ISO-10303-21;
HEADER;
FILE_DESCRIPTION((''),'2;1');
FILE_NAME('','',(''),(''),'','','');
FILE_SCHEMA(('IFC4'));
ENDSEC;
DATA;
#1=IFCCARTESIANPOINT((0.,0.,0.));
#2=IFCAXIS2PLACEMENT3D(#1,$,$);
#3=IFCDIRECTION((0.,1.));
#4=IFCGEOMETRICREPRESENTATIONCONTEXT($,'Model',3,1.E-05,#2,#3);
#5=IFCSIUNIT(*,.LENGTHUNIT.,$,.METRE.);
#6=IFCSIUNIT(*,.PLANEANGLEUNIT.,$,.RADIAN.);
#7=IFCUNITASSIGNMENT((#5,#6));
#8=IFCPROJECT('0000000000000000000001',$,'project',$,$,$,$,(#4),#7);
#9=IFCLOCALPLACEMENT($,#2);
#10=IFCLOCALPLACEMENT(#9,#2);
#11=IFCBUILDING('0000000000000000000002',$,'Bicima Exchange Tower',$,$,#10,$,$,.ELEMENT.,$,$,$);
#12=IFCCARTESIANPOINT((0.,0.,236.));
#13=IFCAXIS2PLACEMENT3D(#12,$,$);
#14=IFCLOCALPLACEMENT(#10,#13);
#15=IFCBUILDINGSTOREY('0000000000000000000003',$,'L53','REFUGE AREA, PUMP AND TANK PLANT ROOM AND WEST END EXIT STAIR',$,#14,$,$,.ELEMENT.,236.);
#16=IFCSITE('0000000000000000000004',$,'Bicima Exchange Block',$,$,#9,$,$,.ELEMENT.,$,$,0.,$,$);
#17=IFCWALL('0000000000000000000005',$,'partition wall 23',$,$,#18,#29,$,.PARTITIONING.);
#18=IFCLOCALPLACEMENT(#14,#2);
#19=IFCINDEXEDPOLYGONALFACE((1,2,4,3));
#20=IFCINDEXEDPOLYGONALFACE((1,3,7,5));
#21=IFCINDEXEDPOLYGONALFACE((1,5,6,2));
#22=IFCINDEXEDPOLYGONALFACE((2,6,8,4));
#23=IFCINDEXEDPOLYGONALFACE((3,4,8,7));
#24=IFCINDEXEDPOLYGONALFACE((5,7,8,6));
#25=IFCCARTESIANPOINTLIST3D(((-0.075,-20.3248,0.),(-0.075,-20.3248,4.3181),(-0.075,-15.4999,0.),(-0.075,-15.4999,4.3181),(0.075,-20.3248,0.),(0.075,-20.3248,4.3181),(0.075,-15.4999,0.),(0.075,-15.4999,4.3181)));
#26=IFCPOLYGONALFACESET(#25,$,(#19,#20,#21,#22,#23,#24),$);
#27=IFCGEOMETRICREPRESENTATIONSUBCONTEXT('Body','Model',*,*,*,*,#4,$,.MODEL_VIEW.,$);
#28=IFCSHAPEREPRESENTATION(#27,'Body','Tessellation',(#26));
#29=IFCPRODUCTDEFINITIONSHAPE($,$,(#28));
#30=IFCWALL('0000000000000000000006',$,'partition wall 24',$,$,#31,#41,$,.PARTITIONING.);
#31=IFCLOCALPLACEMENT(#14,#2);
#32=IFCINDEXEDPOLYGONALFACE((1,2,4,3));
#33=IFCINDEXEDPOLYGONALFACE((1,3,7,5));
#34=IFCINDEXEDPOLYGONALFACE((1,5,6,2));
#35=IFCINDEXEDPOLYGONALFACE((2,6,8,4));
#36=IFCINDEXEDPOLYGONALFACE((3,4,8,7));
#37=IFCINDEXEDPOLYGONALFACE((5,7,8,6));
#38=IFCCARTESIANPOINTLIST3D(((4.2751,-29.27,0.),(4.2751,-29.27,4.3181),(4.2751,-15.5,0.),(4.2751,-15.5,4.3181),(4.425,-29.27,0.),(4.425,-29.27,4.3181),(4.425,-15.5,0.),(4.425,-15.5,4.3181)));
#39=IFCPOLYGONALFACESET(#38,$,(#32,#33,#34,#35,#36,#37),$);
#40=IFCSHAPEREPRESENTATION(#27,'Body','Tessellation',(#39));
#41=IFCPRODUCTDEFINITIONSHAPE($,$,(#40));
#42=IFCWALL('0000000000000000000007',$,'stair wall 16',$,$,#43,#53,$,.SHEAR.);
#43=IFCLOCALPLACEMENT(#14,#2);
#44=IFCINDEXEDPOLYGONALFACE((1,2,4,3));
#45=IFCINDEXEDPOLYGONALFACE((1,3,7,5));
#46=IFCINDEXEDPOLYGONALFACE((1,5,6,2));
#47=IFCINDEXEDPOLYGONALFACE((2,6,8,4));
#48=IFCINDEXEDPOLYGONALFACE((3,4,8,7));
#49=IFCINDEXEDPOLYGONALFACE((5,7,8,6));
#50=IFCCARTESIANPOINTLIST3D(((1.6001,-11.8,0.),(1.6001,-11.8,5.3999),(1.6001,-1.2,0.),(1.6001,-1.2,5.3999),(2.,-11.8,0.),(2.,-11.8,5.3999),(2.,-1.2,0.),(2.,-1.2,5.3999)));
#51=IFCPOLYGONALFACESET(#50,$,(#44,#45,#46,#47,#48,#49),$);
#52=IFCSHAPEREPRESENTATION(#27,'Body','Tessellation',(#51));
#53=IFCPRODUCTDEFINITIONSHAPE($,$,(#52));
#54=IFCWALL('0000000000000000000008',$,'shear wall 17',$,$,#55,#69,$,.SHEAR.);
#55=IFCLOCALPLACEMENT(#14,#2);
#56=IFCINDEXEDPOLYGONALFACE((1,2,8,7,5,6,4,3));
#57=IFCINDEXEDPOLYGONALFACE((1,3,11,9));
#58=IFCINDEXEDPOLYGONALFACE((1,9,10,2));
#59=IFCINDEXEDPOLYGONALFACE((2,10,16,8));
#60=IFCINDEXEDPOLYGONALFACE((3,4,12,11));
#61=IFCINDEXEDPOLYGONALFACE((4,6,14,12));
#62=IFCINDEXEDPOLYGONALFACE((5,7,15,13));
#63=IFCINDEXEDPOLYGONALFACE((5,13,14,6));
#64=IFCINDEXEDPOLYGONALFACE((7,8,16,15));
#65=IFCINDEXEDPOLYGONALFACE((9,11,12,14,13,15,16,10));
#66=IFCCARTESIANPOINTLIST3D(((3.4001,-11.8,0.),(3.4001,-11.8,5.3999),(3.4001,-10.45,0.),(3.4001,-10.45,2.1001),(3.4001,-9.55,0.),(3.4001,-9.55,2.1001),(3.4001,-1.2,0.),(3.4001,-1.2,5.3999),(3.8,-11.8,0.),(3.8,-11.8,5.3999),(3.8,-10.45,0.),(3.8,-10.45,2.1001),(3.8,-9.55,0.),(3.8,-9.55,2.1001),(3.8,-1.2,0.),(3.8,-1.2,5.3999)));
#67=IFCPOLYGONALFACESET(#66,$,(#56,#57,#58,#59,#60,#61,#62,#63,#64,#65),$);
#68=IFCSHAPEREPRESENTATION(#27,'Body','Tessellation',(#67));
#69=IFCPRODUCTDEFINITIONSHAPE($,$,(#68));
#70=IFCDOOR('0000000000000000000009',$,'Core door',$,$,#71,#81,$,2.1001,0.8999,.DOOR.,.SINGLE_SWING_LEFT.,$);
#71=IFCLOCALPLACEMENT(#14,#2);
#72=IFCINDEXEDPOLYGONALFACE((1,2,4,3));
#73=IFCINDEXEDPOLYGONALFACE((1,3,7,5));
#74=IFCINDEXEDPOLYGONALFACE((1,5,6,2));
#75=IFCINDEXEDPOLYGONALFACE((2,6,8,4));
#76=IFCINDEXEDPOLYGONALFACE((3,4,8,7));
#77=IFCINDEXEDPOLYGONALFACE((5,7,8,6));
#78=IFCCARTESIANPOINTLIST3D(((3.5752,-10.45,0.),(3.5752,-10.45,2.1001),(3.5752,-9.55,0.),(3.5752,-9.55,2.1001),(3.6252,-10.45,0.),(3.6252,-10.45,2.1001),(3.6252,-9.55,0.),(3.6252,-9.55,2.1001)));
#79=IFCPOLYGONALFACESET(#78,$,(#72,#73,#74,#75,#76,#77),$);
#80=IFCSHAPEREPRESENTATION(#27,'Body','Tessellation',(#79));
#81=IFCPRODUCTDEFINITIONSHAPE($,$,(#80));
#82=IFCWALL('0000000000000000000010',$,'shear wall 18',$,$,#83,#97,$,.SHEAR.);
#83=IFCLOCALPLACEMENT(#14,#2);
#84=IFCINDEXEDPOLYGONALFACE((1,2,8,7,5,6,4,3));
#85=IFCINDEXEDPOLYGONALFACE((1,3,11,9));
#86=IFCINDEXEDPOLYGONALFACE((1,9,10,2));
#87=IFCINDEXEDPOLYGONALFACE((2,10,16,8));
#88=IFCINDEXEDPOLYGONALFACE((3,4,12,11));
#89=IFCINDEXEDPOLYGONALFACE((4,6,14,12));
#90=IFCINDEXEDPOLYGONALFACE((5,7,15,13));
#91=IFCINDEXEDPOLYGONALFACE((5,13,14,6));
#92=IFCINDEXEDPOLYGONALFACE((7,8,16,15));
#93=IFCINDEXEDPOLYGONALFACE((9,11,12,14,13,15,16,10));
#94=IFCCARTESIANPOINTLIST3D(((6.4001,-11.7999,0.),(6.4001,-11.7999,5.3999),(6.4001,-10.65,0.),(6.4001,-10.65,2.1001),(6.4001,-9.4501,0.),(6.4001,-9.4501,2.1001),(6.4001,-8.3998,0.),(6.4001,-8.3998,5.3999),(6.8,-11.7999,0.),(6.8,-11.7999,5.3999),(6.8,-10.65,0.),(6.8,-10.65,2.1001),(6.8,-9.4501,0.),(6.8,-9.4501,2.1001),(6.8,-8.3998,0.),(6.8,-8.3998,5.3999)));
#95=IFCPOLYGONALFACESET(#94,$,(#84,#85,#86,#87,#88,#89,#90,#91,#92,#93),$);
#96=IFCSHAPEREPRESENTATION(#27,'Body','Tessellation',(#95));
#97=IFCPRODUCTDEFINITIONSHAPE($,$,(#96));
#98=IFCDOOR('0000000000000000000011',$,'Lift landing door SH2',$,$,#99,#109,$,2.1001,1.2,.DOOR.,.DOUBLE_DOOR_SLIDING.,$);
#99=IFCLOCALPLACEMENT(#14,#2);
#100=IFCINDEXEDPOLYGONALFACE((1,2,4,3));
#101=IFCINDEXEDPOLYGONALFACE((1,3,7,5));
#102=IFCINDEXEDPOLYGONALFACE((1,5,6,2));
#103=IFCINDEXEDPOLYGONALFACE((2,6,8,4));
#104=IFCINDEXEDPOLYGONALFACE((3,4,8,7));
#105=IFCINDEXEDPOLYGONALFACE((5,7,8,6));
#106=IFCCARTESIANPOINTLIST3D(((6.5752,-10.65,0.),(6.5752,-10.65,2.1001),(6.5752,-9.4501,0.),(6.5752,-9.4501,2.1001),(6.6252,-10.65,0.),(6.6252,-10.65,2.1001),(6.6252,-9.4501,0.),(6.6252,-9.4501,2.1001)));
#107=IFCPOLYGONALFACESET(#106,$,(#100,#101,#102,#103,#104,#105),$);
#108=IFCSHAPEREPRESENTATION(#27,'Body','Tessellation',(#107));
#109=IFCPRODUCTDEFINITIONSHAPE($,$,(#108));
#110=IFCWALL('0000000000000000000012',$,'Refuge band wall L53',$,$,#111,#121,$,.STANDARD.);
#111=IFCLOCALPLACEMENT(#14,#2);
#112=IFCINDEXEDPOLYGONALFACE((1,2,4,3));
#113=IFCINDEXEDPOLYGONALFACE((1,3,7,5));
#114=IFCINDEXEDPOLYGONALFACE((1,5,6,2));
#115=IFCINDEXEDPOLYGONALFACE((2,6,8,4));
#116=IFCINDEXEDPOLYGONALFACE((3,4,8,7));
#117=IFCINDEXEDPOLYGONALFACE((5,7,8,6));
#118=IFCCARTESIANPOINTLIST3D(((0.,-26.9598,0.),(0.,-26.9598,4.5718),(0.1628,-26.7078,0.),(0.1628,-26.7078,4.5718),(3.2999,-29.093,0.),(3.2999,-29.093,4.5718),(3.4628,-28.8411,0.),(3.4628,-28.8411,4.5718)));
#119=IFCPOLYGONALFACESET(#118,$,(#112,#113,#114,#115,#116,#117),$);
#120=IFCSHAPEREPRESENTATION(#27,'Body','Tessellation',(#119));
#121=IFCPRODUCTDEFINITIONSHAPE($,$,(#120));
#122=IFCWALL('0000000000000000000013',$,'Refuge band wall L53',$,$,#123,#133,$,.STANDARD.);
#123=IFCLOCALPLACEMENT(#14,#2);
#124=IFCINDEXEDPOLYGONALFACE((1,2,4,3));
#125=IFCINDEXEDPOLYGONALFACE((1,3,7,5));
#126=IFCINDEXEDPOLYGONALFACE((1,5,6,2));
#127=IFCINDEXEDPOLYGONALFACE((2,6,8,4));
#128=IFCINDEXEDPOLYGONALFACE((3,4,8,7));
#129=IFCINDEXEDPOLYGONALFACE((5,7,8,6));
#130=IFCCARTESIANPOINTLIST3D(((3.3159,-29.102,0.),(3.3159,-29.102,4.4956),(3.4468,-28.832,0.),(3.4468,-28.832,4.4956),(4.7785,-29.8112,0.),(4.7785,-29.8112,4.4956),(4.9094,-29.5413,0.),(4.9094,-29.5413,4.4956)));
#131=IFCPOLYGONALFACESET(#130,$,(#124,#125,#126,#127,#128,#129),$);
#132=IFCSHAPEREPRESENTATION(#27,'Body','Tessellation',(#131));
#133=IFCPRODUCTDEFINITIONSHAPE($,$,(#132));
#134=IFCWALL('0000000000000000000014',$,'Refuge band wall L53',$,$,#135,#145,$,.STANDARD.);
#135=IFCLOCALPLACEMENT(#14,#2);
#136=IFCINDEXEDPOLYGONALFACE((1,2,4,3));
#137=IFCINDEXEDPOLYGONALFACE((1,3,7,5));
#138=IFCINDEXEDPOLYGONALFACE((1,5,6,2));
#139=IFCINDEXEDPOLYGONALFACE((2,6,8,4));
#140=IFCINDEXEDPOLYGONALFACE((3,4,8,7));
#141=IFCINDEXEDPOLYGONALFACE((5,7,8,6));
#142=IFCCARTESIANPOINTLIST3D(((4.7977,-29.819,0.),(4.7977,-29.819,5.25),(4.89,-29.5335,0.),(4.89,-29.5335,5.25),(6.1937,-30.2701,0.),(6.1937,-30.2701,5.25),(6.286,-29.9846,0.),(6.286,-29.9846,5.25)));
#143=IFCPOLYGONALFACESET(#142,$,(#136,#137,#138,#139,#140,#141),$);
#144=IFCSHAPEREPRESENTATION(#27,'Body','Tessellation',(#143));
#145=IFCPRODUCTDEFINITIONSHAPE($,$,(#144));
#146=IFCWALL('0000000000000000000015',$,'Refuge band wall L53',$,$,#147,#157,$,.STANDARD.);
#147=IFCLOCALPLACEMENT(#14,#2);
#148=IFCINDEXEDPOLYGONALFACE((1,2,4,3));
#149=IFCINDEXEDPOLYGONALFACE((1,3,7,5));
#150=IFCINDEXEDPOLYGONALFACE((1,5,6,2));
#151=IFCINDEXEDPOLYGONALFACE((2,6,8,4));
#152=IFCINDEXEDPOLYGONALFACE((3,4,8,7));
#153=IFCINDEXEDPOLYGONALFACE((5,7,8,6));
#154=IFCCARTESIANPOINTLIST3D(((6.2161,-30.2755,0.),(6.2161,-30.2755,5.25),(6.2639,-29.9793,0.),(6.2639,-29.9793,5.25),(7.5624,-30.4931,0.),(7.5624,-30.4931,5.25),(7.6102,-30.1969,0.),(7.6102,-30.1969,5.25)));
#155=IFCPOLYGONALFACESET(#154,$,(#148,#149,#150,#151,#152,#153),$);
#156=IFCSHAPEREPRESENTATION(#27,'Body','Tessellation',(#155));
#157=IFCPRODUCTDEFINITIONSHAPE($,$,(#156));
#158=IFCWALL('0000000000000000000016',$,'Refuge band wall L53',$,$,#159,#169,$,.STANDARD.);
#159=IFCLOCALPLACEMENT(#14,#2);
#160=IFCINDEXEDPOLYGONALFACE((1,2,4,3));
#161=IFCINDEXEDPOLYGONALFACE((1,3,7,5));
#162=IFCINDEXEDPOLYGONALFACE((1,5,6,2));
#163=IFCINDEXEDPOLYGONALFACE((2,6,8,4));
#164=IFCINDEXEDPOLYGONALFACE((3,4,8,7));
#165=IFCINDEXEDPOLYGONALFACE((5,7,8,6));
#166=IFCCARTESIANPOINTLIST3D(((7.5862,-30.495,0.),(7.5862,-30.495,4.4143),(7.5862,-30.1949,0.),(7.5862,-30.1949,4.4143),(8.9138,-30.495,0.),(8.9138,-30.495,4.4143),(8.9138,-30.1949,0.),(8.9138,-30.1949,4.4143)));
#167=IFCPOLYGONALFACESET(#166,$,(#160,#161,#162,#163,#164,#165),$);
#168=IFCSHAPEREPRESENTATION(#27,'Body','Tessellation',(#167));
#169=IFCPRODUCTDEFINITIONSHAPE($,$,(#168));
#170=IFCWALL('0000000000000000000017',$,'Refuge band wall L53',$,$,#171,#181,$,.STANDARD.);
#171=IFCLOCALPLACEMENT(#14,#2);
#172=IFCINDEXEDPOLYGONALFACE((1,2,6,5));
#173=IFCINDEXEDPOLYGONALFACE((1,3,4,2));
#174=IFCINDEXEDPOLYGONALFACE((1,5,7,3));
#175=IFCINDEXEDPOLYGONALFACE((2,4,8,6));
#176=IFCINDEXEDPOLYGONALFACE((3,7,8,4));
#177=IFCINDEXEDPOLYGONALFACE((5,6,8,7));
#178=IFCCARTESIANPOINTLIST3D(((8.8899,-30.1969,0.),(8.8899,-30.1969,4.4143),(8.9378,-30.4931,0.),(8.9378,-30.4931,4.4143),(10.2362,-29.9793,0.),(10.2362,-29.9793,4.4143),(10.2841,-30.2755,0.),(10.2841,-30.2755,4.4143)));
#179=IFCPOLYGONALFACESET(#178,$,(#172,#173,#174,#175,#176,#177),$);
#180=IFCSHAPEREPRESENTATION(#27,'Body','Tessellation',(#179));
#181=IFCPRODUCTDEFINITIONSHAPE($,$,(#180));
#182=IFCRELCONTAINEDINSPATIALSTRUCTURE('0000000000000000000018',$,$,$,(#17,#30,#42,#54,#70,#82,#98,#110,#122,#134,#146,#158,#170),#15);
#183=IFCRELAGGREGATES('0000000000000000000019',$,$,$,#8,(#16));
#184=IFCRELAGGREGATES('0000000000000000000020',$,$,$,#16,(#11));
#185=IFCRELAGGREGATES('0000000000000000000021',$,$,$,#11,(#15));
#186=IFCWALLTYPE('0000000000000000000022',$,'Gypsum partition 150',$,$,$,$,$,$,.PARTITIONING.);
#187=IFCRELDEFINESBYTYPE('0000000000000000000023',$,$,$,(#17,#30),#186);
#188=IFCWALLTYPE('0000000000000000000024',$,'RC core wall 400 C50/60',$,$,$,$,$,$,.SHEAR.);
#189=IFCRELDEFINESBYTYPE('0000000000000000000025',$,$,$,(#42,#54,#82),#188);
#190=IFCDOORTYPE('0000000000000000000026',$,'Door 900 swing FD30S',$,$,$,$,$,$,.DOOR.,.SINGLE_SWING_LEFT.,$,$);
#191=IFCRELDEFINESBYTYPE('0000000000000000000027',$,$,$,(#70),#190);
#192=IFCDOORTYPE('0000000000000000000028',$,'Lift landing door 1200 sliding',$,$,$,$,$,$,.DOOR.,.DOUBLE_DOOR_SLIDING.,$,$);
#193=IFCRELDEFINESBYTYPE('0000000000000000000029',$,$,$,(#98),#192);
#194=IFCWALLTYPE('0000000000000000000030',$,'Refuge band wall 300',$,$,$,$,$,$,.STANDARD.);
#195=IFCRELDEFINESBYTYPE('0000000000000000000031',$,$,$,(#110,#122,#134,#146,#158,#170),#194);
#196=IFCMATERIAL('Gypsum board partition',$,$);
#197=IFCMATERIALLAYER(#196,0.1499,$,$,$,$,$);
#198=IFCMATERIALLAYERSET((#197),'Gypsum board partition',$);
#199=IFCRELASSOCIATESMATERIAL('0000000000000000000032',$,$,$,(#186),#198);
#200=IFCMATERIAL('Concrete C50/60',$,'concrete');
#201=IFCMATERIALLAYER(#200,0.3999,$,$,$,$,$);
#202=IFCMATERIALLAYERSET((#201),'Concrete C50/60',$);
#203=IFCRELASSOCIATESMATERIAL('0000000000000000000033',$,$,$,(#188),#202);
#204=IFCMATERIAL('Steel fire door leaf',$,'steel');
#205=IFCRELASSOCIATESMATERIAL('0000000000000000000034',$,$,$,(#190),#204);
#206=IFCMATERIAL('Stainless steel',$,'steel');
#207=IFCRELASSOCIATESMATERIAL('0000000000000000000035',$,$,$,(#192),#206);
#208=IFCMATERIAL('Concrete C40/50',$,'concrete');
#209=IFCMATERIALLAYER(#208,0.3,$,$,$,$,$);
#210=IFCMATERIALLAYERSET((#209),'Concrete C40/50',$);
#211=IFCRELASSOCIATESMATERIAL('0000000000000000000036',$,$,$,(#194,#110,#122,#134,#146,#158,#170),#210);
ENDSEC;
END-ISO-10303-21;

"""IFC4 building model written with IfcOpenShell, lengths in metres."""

from ifc_helpers import new_model, si_unit, direction, frame, frame_2d, origin, place, context, subcontext, project, spatial, rectangle, extrude, material, layer, layer_set, layer_usage, type_object, element, fill, save


model = new_model("IFC4")

# Units and contexts
model_context = context("Model", 3, precision=1e-05, world=origin(), true_north=direction((0.0, 1.0)))
body_context = subcontext(model_context, "Body", "Model", "MODEL_VIEW")
ifc_project = project(units=[si_unit("LENGTHUNIT", "METRE"), si_unit("PLANEANGLEUNIT", "RADIAN")], contexts=[model_context])

# Site, building, storey
site_placement = place(None, origin())
site = spatial("IfcSite", under=ifc_project, at=site_placement, Name="Bicima Exchange Block", CompositionType="ELEMENT", RefElevation=0.0)
building_placement = place(site_placement, origin())
building = spatial("IfcBuilding", under=site, at=building_placement, Name="Bicima Exchange Tower", CompositionType="ELEMENT")
storey_placement = place(building_placement, frame((0.0, 0.0, 236.0)))
storey = spatial("IfcBuildingStorey", under=building, at=storey_placement, Name="L53", Description="REFUGE AREA, PUMP AND TANK PLANT ROOM AND WEST END EXIT STAIR", CompositionType="ELEMENT", Elevation=236.0)

# Walls
ifc_material_1 = material(Name="Gypsum board partition")
ifc_layer_1 = layer(ifc_material_1, 0.1499)
ifc_layer_set_1 = layer_set([ifc_layer_1], Name="Gypsum board partition")
wall_type_1 = type_object("IfcWallType", Name="Gypsum partition 150", PredefinedType="PARTITIONING", material=ifc_layer_set_1)
wall_1_placement = place(storey_placement, frame((0.0, -20.325, 0.0), z_axis=(0.0, 0.0, 1.0), x_axis=(0.0, 1.0, 0.0)))
element("IfcWall", 1, at=wall_1_placement, inside=storey, type_object=wall_type_1, Name="partition wall 23", PredefinedType="PARTITIONING", context=body_context, shape_type="SweptSolid", body=[
    extrude(rectangle(XDim=4.825, YDim=0.1499, at=frame_2d((2.4126, 0.0))), origin(), (0.0, 0.0, 1.0), 4.3181),
])
wall_2_placement = place(storey_placement, frame((4.3501, -29.27, 0.0), z_axis=(0.0, 0.0, 1.0), x_axis=(0.0, 1.0, 0.0)))
element("IfcWall", 2, at=wall_2_placement, inside=storey, type_object=wall_type_1, Name="partition wall 24", PredefinedType="PARTITIONING", context=body_context, shape_type="SweptSolid", body=[
    extrude(rectangle(XDim=13.77, YDim=0.1499, at=frame_2d((6.885, 0.0))), origin(), (0.0, 0.0, 1.0), 4.3181),
])
ifc_material_2 = material(Name="Concrete C50/60", Category="concrete")
ifc_layer_2 = layer(ifc_material_2, 0.3999)
ifc_layer_set_2 = layer_set([ifc_layer_2], Name="Concrete C50/60")
wall_type_2 = type_object("IfcWallType", Name="RC core wall 400 C50/60", PredefinedType="SHEAR", material=ifc_layer_set_2)
wall_3_placement = place(storey_placement, frame((1.8, -11.8, 0.0), z_axis=(0.0, 0.0, 1.0), x_axis=(0.0, 1.0, 0.0)))
element("IfcWall", 3, at=wall_3_placement, inside=storey, type_object=wall_type_2, Name="stair wall 16", PredefinedType="SHEAR", context=body_context, shape_type="SweptSolid", body=[
    extrude(rectangle(XDim=10.6001, YDim=0.3999, at=frame_2d((5.3, 0.0))), origin(), (0.0, 0.0, 1.0), 5.3999),
])

# Walls, openings, doors
wall_4_placement = place(storey_placement, frame((3.6001, -11.8, 0.0), z_axis=(0.0, 0.0, 1.0), x_axis=(0.0, 1.0, 0.0)))
wall_4 = element("IfcWall", 4, at=wall_4_placement, inside=storey, type_object=wall_type_2, Name="shear wall 17", PredefinedType="SHEAR", context=body_context, shape_type="SweptSolid", body=[
    extrude(rectangle(XDim=10.6001, YDim=0.3999, at=frame_2d((5.3, 0.0))), origin(), (0.0, 0.0, 1.0), 5.3999),
])
opening_1_placement = place(wall_4_placement, frame((1.3501, 0.0, 0.0)))
opening_1 = element("IfcOpeningElement", 5, at=opening_1_placement, cuts=wall_4, PredefinedType="OPENING", context=body_context, shape_type="SweptSolid", body=[
    extrude(rectangle(XDim=0.8999, YDim=2.1001, at=frame_2d((0.45, 1.05))), frame((0.0, 0.2119, 0.0), z_axis=(0.0, -1.0, 0.0), x_axis=(1.0, 0.0, 0.0)), (0.0, 0.0, 1.0), 0.4238),
])
ifc_material_3 = material(Name="Steel fire door leaf", Category="steel")
door_type_1 = type_object("IfcDoorType", Name="Door 900 swing FD30S", OperationType="SINGLE_SWING_LEFT", PredefinedType="DOOR", material=ifc_material_3)
door_1_placement = place(opening_1_placement, origin())
door_1 = element("IfcDoor", 6, at=door_1_placement, inside=storey, type_object=door_type_1, Name="Core door", OperationType="SINGLE_SWING_LEFT", OverallHeight=2.1001, OverallWidth=0.8999, PredefinedType="DOOR", context=body_context, shape_type="SweptSolid", body=[
    extrude(rectangle(XDim=0.8999, YDim=2.1001, at=frame_2d((0.45, 1.05))), frame((0.0, 0.0249, 0.0), z_axis=(0.0, -1.0, 0.0), x_axis=(1.0, 0.0, 0.0)), (0.0, 0.0, 1.0), 0.05),
])
fill(opening_1, door_1)
wall_5_placement = place(storey_placement, frame((6.6001, -11.8, 0.0), z_axis=(0.0, 0.0, 1.0), x_axis=(0.0, 1.0, 0.0)))
wall_5 = element("IfcWall", 7, at=wall_5_placement, inside=storey, type_object=wall_type_2, Name="shear wall 18", PredefinedType="SHEAR", context=body_context, shape_type="SweptSolid", body=[
    extrude(rectangle(XDim=3.4001, YDim=0.3999, at=frame_2d((1.7002, 0.0))), origin(), (0.0, 0.0, 1.0), 5.3999),
])
opening_2_placement = place(wall_5_placement, frame((1.1499, 0.0, 0.0)))
opening_2 = element("IfcOpeningElement", 8, at=opening_2_placement, cuts=wall_5, PredefinedType="OPENING", context=body_context, shape_type="SweptSolid", body=[
    extrude(rectangle(XDim=1.2, YDim=2.1001, at=frame_2d((0.6001, 1.05))), frame((0.0, 0.2119, 0.0), z_axis=(0.0, -1.0, 0.0), x_axis=(1.0, 0.0, 0.0)), (0.0, 0.0, 1.0), 0.4238),
])
ifc_material_4 = material(Name="Stainless steel", Category="steel")
door_type_2 = type_object("IfcDoorType", Name="Lift landing door 1200 sliding", OperationType="DOUBLE_DOOR_SLIDING", PredefinedType="DOOR", material=ifc_material_4)
door_2_placement = place(opening_2_placement, origin())
door_2 = element("IfcDoor", 9, at=door_2_placement, inside=storey, type_object=door_type_2, Name="Lift landing door SH2", OperationType="DOUBLE_DOOR_SLIDING", OverallHeight=2.1001, OverallWidth=1.2, PredefinedType="DOOR", context=body_context, shape_type="SweptSolid", body=[
    extrude(rectangle(XDim=1.2, YDim=2.1001, at=frame_2d((0.6001, 1.05))), frame((0.0, 0.0249, 0.0), z_axis=(0.0, -1.0, 0.0), x_axis=(1.0, 0.0, 0.0)), (0.0, 0.0, 1.0), 0.05),
])
fill(opening_2, door_2)

# Walls
ifc_material_5 = material(Name="Concrete C40/50", Category="concrete")
ifc_layer_3 = layer(ifc_material_5, 0.3)
ifc_layer_set_3 = layer_set([ifc_layer_3], Name="Concrete C40/50")
ifc_layer_usage = layer_usage(ifc_layer_set_3, "AXIS2", "POSITIVE", -0.15)
wall_type_3 = type_object("IfcWallType", Name="Refuge band wall 300", PredefinedType="STANDARD", material=ifc_layer_set_3)
wall_6_placement = place(storey_placement, frame((0.0813, -26.8337, 0.0), z_axis=(0.0, 0.0, 1.0), x_axis=(0.839805, -0.542888, 0.0)))
element("IfcWall", 10, at=wall_6_placement, inside=storey, type_object=wall_type_3, material=ifc_layer_usage, Name="Refuge band wall L53", PredefinedType="STANDARD", context=body_context, shape_type="SweptSolid", body=[
    extrude(rectangle(XDim=3.9294, YDim=0.3, at=frame_2d((1.9648, 0.0))), origin(), (0.0, 0.0, 1.0), 4.5718),
])
wall_7_placement = place(storey_placement, frame((3.3813, -28.967, 0.0), z_axis=(0.0, 0.0, 1.0), x_axis=(0.899798, -0.436307, 0.0)))
element("IfcWall", 11, at=wall_7_placement, inside=storey, type_object=wall_type_3, material=ifc_layer_usage, Name="Refuge band wall L53", PredefinedType="STANDARD", context=body_context, shape_type="SweptSolid", body=[
    extrude(rectangle(XDim=1.6255, YDim=0.3, at=frame_2d((0.8127, 0.0))), origin(), (0.0, 0.0, 1.0), 4.4956),
])
wall_8_placement = place(storey_placement, frame((4.844, -29.6763, 0.0), z_axis=(0.0, 0.0, 1.0), x_axis=(0.951539, -0.307528, 0.0)))
element("IfcWall", 12, at=wall_8_placement, inside=storey, type_object=wall_type_3, material=ifc_layer_usage, Name="Refuge band wall L53", PredefinedType="STANDARD", context=body_context, shape_type="SweptSolid", body=[
    extrude(rectangle(XDim=1.467, YDim=0.3, at=frame_2d((0.7334, 0.0))), origin(), (0.0, 0.0, 1.0), 5.25),
])
wall_9_placement = place(storey_placement, frame((6.24, -30.1274, 0.0), z_axis=(0.0, 0.0, 1.0), x_axis=(0.987195, -0.15952, 0.0)))
element("IfcWall", 13, at=wall_9_placement, inside=storey, type_object=wall_type_3, material=ifc_layer_usage, Name="Refuge band wall L53", PredefinedType="STANDARD", context=body_context, shape_type="SweptSolid", body=[
    extrude(rectangle(XDim=1.3638, YDim=0.3, at=frame_2d((0.6819, 0.0))), origin(), (0.0, 0.0, 1.0), 5.25),
])
wall_10_placement = place(storey_placement, frame((7.5862, -30.345, 0.0), z_axis=(0.0, 0.0, 1.0), x_axis=(1.0, 0.0, 0.0)))
element("IfcWall", 14, at=wall_10_placement, inside=storey, type_object=wall_type_3, material=ifc_layer_usage, Name="Refuge band wall L53", PredefinedType="STANDARD", context=body_context, shape_type="SweptSolid", body=[
    extrude(rectangle(XDim=1.3276, YDim=0.3, at=frame_2d((0.6638, 0.0))), origin(), (0.0, 0.0, 1.0), 4.4143),
])
wall_11_placement = place(storey_placement, frame((8.9138, -30.345, 0.0), z_axis=(0.0, 0.0, 1.0), x_axis=(0.987195, 0.15952, 0.0)))
element("IfcWall", 15, at=wall_11_placement, inside=storey, type_object=wall_type_3, material=ifc_layer_usage, Name="Refuge band wall L53", PredefinedType="STANDARD", context=body_context, shape_type="SweptSolid", body=[
    extrude(rectangle(XDim=1.3638, YDim=0.3, at=frame_2d((0.6819, 0.0))), origin(), (0.0, 0.0, 1.0), 4.4143),
])

save(model, "model.ifc")
